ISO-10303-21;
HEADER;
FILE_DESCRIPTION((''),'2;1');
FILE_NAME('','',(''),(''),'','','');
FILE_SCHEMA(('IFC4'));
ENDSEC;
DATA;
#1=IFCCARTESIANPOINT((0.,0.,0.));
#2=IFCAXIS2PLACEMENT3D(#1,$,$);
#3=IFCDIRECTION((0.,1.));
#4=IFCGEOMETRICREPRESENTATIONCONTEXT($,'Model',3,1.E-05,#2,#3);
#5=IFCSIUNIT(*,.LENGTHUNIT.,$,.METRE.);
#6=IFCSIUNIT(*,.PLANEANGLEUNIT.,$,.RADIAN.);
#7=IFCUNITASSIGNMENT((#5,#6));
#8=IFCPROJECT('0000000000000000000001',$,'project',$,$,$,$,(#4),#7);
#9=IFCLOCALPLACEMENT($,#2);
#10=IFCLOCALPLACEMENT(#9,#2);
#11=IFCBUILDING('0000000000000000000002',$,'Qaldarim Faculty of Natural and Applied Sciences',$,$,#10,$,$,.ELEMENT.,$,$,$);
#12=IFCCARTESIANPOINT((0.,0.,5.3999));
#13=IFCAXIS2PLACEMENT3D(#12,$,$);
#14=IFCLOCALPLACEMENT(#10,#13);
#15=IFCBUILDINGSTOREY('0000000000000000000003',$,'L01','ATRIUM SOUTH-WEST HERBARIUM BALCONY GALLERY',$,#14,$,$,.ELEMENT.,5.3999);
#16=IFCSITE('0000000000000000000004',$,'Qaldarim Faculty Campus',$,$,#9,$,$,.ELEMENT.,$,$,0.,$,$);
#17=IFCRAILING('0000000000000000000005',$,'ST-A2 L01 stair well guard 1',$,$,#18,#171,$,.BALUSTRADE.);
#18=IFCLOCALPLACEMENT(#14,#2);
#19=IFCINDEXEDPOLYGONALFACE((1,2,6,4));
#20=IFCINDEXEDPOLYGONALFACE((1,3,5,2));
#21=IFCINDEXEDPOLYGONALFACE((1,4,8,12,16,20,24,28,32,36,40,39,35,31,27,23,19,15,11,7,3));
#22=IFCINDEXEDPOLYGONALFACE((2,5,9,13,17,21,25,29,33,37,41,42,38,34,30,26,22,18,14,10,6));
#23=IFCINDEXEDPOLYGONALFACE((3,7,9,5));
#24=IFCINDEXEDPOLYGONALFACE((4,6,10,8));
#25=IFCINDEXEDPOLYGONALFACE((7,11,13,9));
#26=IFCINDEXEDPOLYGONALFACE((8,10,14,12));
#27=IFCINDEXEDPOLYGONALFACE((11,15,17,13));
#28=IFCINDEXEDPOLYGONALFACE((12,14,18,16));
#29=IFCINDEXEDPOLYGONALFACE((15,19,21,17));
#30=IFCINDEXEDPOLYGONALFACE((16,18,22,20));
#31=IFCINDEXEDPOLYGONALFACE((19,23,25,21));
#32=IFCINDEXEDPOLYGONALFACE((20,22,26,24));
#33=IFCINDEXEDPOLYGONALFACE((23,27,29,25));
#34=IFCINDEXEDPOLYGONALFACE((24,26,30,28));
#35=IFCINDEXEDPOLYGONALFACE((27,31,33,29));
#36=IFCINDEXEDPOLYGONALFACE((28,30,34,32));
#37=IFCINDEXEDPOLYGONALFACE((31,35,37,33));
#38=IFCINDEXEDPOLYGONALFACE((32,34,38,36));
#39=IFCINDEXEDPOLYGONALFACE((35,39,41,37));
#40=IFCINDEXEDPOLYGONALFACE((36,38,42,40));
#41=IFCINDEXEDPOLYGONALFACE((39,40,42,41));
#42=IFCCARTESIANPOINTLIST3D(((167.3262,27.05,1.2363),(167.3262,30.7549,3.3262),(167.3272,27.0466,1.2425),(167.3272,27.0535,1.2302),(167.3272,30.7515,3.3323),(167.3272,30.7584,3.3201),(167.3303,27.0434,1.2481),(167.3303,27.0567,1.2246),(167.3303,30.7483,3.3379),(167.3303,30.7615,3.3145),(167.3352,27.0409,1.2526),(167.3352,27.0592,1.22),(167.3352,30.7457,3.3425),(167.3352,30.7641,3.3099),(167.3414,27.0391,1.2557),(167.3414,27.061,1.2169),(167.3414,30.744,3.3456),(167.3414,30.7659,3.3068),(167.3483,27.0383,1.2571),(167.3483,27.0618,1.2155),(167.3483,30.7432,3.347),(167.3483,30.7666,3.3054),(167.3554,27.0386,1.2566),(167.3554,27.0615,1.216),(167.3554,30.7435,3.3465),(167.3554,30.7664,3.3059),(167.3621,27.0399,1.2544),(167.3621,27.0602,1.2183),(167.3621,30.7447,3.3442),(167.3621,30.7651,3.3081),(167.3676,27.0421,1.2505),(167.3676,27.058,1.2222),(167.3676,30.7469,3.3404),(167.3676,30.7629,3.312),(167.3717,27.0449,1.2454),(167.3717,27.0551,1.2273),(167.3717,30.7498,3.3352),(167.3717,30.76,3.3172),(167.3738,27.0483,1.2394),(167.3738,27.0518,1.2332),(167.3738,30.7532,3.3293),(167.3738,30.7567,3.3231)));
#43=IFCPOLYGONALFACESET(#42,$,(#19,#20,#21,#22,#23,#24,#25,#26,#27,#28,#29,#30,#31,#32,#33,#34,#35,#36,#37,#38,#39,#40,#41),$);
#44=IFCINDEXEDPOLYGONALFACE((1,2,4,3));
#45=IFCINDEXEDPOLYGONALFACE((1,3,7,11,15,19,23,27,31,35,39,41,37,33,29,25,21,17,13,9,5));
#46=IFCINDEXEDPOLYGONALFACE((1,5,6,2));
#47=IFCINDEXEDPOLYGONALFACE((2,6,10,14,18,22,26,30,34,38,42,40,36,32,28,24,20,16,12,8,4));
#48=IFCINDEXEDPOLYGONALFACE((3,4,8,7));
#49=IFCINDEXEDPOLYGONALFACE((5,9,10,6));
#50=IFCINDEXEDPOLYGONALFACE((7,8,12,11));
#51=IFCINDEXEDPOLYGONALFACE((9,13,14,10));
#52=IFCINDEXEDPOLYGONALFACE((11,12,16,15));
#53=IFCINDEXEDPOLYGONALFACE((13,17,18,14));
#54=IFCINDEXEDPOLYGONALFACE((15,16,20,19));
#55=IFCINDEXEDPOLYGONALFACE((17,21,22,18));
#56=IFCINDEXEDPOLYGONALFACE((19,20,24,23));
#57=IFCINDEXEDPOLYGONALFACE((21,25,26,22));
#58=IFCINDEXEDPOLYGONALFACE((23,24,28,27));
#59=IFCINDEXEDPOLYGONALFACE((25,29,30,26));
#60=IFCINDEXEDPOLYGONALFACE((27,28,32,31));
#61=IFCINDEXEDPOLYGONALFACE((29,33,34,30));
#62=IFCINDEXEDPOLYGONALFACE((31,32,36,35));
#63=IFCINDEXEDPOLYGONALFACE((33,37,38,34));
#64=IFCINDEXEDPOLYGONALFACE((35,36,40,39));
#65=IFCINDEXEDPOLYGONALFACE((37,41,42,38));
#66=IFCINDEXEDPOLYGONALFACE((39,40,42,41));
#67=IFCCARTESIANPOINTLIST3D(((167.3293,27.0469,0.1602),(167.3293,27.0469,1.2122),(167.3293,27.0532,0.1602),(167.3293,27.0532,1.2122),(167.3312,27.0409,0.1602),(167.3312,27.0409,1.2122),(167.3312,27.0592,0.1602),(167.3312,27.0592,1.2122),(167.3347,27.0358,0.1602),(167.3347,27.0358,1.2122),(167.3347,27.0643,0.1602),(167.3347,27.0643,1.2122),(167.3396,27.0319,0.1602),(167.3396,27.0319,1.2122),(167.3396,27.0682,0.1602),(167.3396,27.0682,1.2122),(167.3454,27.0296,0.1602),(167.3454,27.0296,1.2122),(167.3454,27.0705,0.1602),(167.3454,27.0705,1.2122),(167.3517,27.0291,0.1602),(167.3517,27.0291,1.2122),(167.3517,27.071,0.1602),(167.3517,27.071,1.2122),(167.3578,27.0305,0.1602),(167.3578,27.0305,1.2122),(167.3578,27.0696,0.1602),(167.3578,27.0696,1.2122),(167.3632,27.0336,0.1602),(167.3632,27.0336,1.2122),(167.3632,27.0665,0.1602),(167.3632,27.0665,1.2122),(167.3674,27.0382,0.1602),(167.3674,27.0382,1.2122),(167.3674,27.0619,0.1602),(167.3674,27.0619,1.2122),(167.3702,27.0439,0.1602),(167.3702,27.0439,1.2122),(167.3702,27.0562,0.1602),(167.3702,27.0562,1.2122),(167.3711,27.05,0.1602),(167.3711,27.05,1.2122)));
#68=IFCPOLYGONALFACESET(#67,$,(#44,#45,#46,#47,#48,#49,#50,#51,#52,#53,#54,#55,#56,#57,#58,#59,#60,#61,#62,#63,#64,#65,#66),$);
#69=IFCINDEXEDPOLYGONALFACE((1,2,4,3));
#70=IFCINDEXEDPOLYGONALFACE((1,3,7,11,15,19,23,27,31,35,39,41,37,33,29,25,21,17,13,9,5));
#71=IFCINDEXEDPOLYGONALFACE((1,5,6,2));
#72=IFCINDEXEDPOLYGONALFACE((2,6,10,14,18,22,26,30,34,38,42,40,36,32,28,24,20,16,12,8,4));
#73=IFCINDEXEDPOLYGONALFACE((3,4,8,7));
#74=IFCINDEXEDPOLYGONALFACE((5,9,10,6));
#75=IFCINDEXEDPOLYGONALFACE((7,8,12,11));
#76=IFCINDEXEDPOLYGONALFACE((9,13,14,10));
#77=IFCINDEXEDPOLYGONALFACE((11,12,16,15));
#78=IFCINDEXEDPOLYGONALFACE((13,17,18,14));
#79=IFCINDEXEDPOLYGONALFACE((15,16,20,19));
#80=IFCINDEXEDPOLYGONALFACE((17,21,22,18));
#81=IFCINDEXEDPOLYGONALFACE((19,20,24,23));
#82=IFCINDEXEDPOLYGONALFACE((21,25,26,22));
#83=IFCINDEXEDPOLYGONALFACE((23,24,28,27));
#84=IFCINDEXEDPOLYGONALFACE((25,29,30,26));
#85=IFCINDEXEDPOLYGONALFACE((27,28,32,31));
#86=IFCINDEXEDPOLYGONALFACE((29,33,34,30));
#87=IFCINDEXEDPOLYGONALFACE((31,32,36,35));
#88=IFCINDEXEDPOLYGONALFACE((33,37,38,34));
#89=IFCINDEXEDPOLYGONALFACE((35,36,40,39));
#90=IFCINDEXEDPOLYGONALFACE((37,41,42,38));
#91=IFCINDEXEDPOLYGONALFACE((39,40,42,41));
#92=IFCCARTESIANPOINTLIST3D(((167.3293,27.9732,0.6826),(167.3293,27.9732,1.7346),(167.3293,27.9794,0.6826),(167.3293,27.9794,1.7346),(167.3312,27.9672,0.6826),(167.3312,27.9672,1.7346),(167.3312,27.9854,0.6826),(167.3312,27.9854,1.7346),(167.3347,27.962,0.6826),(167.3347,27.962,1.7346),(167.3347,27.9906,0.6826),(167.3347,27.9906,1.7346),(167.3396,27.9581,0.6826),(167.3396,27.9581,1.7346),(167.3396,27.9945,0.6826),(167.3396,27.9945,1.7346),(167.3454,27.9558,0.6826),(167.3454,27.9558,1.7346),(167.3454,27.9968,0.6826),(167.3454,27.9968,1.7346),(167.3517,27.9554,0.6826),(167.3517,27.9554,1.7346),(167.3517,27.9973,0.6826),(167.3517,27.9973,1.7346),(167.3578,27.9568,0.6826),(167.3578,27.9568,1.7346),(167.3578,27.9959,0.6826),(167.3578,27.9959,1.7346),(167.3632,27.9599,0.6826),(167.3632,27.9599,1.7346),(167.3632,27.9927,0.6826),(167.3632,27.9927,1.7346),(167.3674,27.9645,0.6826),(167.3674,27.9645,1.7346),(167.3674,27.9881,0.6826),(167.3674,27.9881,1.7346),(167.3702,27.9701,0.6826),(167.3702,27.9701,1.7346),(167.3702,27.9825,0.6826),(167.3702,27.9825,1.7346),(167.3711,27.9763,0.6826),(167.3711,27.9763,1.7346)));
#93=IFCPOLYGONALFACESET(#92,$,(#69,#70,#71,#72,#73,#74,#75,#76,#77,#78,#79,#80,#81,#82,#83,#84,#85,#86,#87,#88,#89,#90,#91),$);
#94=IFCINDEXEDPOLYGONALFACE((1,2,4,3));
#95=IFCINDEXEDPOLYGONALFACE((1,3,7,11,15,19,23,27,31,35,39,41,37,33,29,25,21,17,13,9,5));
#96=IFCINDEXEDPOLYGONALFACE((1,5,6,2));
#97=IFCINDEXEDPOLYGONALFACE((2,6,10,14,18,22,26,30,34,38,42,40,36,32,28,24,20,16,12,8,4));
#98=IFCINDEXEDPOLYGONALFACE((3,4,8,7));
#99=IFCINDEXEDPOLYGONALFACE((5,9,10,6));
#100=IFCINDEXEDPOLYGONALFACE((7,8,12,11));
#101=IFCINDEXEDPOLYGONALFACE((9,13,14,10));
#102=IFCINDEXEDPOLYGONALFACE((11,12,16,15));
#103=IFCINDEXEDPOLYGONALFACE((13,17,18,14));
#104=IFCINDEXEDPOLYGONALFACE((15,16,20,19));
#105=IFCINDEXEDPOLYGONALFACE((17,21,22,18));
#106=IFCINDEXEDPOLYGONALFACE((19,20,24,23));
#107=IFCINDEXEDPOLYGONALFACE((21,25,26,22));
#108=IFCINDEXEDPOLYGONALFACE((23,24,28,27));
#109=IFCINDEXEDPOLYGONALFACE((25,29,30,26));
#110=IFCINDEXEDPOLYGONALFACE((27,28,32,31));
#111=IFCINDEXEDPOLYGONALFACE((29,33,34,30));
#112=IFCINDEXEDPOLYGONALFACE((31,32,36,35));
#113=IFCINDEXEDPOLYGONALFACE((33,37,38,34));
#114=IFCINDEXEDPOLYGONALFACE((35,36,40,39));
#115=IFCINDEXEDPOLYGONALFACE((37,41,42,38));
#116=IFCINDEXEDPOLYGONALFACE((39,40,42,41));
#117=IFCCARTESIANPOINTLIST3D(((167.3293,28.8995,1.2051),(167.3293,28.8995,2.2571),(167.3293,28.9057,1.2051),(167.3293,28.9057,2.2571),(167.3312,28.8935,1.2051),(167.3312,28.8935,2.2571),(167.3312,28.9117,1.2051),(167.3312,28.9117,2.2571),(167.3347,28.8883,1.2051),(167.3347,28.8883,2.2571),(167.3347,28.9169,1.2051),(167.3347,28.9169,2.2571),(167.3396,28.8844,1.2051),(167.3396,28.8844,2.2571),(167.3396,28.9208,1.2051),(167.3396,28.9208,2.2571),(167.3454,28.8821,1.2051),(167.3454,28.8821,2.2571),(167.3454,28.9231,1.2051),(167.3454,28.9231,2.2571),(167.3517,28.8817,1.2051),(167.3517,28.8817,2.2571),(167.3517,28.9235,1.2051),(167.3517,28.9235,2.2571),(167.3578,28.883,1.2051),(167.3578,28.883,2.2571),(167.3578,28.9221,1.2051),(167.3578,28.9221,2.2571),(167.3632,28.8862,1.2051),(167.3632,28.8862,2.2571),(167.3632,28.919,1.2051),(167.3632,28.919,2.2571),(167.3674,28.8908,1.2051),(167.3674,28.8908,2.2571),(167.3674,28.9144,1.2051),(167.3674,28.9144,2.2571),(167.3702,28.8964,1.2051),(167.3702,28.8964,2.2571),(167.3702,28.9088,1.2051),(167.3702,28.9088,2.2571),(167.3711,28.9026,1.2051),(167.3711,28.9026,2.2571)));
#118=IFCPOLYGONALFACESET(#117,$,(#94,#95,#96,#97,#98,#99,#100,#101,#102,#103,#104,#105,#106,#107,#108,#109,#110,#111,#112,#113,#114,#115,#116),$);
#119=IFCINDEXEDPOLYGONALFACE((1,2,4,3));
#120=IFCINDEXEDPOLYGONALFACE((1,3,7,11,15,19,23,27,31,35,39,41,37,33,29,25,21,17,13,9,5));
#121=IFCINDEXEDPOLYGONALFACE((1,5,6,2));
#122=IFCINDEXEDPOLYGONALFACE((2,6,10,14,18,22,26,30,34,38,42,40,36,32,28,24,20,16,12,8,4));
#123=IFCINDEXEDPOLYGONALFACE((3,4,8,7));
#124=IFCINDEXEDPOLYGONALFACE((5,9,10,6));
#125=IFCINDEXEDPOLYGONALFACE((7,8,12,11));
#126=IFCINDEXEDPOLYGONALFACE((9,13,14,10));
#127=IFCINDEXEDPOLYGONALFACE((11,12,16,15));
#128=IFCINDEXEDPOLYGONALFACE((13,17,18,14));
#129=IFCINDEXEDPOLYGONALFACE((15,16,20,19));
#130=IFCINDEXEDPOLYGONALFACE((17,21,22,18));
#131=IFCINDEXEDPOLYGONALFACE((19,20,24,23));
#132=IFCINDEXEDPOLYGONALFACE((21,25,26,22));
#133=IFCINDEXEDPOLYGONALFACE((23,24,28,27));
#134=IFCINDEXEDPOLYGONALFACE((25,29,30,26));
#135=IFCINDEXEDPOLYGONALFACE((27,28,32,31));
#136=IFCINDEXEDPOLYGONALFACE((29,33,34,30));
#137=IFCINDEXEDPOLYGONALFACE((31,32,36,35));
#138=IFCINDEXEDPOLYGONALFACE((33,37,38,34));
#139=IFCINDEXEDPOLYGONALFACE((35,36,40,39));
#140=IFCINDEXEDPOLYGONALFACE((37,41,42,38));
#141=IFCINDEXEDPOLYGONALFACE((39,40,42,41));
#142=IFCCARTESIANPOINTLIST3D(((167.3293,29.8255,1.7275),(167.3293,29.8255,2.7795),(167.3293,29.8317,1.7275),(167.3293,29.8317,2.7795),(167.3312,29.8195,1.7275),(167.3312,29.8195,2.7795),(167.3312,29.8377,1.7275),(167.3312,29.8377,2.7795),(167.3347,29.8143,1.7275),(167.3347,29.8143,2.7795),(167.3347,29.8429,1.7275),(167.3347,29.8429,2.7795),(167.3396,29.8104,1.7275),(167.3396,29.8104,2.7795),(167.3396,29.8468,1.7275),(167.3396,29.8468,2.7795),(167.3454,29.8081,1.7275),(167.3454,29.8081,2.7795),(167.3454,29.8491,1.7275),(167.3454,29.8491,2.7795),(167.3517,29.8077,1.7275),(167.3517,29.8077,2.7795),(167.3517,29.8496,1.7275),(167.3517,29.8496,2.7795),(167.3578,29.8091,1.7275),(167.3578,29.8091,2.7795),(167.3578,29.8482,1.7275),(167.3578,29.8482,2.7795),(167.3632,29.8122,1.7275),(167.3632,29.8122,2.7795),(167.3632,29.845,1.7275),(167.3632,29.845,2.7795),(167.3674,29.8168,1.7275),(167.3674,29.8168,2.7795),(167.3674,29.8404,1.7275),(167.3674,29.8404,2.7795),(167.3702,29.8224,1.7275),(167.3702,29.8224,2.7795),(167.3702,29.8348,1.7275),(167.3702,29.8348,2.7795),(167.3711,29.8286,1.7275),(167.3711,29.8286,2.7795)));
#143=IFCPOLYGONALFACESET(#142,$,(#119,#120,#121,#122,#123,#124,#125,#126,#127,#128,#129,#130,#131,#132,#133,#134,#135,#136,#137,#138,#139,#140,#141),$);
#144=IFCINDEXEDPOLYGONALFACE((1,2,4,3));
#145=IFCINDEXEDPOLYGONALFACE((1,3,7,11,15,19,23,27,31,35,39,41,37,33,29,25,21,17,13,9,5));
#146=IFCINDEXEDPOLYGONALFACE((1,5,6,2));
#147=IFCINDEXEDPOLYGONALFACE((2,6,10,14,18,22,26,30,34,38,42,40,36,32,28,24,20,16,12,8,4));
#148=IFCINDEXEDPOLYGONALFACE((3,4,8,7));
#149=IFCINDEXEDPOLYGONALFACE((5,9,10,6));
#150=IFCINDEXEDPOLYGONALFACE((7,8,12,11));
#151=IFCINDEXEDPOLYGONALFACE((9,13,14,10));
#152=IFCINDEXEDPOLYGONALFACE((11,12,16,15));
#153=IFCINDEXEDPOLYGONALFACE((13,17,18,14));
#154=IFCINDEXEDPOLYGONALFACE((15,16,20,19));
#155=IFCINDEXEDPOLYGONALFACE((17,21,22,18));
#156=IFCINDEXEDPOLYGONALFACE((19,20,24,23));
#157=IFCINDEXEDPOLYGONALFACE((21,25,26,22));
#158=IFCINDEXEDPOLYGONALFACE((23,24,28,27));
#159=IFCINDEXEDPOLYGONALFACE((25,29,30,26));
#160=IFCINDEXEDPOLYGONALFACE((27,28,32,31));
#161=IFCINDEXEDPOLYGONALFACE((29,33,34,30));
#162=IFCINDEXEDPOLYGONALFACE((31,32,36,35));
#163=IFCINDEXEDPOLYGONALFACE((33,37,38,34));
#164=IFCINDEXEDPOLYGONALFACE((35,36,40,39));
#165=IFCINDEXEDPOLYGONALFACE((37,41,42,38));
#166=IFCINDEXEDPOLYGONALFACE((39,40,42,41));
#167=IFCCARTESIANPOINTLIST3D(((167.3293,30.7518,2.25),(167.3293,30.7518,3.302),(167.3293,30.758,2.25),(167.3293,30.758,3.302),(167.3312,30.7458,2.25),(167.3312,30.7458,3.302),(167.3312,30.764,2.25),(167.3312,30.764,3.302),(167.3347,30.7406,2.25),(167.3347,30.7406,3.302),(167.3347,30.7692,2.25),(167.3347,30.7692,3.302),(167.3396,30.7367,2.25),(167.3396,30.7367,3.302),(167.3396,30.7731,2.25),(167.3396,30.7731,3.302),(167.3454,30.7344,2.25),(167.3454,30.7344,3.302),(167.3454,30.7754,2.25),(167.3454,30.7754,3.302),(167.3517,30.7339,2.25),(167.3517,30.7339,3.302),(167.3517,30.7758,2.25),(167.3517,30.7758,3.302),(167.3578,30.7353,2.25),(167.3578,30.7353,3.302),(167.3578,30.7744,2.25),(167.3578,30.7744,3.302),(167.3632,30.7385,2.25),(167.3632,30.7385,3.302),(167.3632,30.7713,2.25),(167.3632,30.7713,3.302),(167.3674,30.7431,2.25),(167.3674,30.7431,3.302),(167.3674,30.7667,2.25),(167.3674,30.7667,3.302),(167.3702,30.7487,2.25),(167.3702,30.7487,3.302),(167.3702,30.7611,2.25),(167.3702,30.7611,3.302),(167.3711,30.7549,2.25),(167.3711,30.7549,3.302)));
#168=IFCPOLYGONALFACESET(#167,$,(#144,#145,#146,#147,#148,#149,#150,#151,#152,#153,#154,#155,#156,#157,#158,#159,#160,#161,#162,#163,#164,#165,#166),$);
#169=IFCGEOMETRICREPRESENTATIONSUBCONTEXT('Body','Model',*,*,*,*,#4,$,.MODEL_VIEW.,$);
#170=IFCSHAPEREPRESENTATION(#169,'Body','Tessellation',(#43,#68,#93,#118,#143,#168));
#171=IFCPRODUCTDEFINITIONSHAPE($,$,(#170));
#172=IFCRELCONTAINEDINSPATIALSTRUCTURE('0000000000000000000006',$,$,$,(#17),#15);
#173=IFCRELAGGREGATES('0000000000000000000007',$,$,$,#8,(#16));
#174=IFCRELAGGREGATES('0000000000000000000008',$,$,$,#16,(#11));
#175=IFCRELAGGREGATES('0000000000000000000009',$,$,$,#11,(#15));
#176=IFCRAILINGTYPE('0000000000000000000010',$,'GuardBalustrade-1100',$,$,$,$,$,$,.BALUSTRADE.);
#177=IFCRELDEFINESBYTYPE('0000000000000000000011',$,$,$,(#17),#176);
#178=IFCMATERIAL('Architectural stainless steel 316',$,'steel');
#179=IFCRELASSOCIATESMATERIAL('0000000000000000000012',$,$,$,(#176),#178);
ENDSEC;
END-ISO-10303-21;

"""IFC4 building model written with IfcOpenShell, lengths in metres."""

from ifc_helpers import new_model, si_unit, direction, frame, origin, origin_2d, place, context, subcontext, project, spatial, circle, extrude, material, type_object, element, save


model = new_model("IFC4")

# Units and contexts
model_context = context("Model", 3, precision=1e-05, world=origin(), true_north=direction((0.0, 1.0)))
body_context = subcontext(model_context, "Body", "Model", "MODEL_VIEW")
ifc_project = project(units=[si_unit("LENGTHUNIT", "METRE"), si_unit("PLANEANGLEUNIT", "RADIAN")], contexts=[model_context])

# Site, building, storey
site_placement = place(None, origin())
site = spatial("IfcSite", under=ifc_project, at=site_placement, Name="Qaldarim Faculty Campus", CompositionType="ELEMENT", RefElevation=0.0)
building_placement = place(site_placement, origin())
building = spatial("IfcBuilding", under=site, at=building_placement, Name="Qaldarim Faculty of Natural and Applied Sciences", CompositionType="ELEMENT")
storey_placement = place(building_placement, frame((0.0, 0.0, 5.3999)))
storey = spatial("IfcBuildingStorey", under=building, at=storey_placement, Name="L01", Description="ATRIUM SOUTH-WEST HERBARIUM BALCONY GALLERY", CompositionType="ELEMENT", Elevation=5.3999)

# Shared definitions
ifc_material_1 = material(Name="Architectural stainless steel 316", Category="steel")

# Railing
railing_type_1 = type_object("IfcRailingType", Name="GuardBalustrade-1100", PredefinedType="BALUSTRADE", material=ifc_material_1)
railing_1_placement = place(storey_placement, frame((167.3501, 27.05, 0.1602)))
element("IfcRailing", 1, at=railing_1_placement, inside=storey, type_object=railing_type_1, Name="ST-A2 L01 stair well guard 1", PredefinedType="BALUSTRADE", context=body_context, shape_type="SweptSolid", body=[
    extrude(circle(Radius=0.0239, at=origin_2d()), frame((0.0, 0.0, 1.0762), z_axis=(0.0, 0.870985, 0.49131), x_axis=(-1.0, 0.0, 0.0)), (0.0, 0.0, 1.0), 4.2537),
    extrude(circle(Radius=0.021, at=origin_2d()), origin(), (0.0, 0.0, 1.0), 1.052),
    extrude(circle(Radius=0.021, at=origin_2d()), frame((0.0, 0.9263, 0.5225)), (0.0, 0.0, 1.0), 1.052),
    extrude(circle(Radius=0.021, at=origin_2d()), frame((0.0, 1.8525, 1.0449)), (0.0, 0.0, 1.0), 1.052),
    extrude(circle(Radius=0.021, at=origin_2d()), frame((0.0, 2.7786, 1.5674)), (0.0, 0.0, 1.0), 1.052),
    extrude(circle(Radius=0.021, at=origin_2d()), frame((0.0, 3.7048, 2.0898)), (0.0, 0.0, 1.0), 1.052),
])

save(model, "model.ifc")
